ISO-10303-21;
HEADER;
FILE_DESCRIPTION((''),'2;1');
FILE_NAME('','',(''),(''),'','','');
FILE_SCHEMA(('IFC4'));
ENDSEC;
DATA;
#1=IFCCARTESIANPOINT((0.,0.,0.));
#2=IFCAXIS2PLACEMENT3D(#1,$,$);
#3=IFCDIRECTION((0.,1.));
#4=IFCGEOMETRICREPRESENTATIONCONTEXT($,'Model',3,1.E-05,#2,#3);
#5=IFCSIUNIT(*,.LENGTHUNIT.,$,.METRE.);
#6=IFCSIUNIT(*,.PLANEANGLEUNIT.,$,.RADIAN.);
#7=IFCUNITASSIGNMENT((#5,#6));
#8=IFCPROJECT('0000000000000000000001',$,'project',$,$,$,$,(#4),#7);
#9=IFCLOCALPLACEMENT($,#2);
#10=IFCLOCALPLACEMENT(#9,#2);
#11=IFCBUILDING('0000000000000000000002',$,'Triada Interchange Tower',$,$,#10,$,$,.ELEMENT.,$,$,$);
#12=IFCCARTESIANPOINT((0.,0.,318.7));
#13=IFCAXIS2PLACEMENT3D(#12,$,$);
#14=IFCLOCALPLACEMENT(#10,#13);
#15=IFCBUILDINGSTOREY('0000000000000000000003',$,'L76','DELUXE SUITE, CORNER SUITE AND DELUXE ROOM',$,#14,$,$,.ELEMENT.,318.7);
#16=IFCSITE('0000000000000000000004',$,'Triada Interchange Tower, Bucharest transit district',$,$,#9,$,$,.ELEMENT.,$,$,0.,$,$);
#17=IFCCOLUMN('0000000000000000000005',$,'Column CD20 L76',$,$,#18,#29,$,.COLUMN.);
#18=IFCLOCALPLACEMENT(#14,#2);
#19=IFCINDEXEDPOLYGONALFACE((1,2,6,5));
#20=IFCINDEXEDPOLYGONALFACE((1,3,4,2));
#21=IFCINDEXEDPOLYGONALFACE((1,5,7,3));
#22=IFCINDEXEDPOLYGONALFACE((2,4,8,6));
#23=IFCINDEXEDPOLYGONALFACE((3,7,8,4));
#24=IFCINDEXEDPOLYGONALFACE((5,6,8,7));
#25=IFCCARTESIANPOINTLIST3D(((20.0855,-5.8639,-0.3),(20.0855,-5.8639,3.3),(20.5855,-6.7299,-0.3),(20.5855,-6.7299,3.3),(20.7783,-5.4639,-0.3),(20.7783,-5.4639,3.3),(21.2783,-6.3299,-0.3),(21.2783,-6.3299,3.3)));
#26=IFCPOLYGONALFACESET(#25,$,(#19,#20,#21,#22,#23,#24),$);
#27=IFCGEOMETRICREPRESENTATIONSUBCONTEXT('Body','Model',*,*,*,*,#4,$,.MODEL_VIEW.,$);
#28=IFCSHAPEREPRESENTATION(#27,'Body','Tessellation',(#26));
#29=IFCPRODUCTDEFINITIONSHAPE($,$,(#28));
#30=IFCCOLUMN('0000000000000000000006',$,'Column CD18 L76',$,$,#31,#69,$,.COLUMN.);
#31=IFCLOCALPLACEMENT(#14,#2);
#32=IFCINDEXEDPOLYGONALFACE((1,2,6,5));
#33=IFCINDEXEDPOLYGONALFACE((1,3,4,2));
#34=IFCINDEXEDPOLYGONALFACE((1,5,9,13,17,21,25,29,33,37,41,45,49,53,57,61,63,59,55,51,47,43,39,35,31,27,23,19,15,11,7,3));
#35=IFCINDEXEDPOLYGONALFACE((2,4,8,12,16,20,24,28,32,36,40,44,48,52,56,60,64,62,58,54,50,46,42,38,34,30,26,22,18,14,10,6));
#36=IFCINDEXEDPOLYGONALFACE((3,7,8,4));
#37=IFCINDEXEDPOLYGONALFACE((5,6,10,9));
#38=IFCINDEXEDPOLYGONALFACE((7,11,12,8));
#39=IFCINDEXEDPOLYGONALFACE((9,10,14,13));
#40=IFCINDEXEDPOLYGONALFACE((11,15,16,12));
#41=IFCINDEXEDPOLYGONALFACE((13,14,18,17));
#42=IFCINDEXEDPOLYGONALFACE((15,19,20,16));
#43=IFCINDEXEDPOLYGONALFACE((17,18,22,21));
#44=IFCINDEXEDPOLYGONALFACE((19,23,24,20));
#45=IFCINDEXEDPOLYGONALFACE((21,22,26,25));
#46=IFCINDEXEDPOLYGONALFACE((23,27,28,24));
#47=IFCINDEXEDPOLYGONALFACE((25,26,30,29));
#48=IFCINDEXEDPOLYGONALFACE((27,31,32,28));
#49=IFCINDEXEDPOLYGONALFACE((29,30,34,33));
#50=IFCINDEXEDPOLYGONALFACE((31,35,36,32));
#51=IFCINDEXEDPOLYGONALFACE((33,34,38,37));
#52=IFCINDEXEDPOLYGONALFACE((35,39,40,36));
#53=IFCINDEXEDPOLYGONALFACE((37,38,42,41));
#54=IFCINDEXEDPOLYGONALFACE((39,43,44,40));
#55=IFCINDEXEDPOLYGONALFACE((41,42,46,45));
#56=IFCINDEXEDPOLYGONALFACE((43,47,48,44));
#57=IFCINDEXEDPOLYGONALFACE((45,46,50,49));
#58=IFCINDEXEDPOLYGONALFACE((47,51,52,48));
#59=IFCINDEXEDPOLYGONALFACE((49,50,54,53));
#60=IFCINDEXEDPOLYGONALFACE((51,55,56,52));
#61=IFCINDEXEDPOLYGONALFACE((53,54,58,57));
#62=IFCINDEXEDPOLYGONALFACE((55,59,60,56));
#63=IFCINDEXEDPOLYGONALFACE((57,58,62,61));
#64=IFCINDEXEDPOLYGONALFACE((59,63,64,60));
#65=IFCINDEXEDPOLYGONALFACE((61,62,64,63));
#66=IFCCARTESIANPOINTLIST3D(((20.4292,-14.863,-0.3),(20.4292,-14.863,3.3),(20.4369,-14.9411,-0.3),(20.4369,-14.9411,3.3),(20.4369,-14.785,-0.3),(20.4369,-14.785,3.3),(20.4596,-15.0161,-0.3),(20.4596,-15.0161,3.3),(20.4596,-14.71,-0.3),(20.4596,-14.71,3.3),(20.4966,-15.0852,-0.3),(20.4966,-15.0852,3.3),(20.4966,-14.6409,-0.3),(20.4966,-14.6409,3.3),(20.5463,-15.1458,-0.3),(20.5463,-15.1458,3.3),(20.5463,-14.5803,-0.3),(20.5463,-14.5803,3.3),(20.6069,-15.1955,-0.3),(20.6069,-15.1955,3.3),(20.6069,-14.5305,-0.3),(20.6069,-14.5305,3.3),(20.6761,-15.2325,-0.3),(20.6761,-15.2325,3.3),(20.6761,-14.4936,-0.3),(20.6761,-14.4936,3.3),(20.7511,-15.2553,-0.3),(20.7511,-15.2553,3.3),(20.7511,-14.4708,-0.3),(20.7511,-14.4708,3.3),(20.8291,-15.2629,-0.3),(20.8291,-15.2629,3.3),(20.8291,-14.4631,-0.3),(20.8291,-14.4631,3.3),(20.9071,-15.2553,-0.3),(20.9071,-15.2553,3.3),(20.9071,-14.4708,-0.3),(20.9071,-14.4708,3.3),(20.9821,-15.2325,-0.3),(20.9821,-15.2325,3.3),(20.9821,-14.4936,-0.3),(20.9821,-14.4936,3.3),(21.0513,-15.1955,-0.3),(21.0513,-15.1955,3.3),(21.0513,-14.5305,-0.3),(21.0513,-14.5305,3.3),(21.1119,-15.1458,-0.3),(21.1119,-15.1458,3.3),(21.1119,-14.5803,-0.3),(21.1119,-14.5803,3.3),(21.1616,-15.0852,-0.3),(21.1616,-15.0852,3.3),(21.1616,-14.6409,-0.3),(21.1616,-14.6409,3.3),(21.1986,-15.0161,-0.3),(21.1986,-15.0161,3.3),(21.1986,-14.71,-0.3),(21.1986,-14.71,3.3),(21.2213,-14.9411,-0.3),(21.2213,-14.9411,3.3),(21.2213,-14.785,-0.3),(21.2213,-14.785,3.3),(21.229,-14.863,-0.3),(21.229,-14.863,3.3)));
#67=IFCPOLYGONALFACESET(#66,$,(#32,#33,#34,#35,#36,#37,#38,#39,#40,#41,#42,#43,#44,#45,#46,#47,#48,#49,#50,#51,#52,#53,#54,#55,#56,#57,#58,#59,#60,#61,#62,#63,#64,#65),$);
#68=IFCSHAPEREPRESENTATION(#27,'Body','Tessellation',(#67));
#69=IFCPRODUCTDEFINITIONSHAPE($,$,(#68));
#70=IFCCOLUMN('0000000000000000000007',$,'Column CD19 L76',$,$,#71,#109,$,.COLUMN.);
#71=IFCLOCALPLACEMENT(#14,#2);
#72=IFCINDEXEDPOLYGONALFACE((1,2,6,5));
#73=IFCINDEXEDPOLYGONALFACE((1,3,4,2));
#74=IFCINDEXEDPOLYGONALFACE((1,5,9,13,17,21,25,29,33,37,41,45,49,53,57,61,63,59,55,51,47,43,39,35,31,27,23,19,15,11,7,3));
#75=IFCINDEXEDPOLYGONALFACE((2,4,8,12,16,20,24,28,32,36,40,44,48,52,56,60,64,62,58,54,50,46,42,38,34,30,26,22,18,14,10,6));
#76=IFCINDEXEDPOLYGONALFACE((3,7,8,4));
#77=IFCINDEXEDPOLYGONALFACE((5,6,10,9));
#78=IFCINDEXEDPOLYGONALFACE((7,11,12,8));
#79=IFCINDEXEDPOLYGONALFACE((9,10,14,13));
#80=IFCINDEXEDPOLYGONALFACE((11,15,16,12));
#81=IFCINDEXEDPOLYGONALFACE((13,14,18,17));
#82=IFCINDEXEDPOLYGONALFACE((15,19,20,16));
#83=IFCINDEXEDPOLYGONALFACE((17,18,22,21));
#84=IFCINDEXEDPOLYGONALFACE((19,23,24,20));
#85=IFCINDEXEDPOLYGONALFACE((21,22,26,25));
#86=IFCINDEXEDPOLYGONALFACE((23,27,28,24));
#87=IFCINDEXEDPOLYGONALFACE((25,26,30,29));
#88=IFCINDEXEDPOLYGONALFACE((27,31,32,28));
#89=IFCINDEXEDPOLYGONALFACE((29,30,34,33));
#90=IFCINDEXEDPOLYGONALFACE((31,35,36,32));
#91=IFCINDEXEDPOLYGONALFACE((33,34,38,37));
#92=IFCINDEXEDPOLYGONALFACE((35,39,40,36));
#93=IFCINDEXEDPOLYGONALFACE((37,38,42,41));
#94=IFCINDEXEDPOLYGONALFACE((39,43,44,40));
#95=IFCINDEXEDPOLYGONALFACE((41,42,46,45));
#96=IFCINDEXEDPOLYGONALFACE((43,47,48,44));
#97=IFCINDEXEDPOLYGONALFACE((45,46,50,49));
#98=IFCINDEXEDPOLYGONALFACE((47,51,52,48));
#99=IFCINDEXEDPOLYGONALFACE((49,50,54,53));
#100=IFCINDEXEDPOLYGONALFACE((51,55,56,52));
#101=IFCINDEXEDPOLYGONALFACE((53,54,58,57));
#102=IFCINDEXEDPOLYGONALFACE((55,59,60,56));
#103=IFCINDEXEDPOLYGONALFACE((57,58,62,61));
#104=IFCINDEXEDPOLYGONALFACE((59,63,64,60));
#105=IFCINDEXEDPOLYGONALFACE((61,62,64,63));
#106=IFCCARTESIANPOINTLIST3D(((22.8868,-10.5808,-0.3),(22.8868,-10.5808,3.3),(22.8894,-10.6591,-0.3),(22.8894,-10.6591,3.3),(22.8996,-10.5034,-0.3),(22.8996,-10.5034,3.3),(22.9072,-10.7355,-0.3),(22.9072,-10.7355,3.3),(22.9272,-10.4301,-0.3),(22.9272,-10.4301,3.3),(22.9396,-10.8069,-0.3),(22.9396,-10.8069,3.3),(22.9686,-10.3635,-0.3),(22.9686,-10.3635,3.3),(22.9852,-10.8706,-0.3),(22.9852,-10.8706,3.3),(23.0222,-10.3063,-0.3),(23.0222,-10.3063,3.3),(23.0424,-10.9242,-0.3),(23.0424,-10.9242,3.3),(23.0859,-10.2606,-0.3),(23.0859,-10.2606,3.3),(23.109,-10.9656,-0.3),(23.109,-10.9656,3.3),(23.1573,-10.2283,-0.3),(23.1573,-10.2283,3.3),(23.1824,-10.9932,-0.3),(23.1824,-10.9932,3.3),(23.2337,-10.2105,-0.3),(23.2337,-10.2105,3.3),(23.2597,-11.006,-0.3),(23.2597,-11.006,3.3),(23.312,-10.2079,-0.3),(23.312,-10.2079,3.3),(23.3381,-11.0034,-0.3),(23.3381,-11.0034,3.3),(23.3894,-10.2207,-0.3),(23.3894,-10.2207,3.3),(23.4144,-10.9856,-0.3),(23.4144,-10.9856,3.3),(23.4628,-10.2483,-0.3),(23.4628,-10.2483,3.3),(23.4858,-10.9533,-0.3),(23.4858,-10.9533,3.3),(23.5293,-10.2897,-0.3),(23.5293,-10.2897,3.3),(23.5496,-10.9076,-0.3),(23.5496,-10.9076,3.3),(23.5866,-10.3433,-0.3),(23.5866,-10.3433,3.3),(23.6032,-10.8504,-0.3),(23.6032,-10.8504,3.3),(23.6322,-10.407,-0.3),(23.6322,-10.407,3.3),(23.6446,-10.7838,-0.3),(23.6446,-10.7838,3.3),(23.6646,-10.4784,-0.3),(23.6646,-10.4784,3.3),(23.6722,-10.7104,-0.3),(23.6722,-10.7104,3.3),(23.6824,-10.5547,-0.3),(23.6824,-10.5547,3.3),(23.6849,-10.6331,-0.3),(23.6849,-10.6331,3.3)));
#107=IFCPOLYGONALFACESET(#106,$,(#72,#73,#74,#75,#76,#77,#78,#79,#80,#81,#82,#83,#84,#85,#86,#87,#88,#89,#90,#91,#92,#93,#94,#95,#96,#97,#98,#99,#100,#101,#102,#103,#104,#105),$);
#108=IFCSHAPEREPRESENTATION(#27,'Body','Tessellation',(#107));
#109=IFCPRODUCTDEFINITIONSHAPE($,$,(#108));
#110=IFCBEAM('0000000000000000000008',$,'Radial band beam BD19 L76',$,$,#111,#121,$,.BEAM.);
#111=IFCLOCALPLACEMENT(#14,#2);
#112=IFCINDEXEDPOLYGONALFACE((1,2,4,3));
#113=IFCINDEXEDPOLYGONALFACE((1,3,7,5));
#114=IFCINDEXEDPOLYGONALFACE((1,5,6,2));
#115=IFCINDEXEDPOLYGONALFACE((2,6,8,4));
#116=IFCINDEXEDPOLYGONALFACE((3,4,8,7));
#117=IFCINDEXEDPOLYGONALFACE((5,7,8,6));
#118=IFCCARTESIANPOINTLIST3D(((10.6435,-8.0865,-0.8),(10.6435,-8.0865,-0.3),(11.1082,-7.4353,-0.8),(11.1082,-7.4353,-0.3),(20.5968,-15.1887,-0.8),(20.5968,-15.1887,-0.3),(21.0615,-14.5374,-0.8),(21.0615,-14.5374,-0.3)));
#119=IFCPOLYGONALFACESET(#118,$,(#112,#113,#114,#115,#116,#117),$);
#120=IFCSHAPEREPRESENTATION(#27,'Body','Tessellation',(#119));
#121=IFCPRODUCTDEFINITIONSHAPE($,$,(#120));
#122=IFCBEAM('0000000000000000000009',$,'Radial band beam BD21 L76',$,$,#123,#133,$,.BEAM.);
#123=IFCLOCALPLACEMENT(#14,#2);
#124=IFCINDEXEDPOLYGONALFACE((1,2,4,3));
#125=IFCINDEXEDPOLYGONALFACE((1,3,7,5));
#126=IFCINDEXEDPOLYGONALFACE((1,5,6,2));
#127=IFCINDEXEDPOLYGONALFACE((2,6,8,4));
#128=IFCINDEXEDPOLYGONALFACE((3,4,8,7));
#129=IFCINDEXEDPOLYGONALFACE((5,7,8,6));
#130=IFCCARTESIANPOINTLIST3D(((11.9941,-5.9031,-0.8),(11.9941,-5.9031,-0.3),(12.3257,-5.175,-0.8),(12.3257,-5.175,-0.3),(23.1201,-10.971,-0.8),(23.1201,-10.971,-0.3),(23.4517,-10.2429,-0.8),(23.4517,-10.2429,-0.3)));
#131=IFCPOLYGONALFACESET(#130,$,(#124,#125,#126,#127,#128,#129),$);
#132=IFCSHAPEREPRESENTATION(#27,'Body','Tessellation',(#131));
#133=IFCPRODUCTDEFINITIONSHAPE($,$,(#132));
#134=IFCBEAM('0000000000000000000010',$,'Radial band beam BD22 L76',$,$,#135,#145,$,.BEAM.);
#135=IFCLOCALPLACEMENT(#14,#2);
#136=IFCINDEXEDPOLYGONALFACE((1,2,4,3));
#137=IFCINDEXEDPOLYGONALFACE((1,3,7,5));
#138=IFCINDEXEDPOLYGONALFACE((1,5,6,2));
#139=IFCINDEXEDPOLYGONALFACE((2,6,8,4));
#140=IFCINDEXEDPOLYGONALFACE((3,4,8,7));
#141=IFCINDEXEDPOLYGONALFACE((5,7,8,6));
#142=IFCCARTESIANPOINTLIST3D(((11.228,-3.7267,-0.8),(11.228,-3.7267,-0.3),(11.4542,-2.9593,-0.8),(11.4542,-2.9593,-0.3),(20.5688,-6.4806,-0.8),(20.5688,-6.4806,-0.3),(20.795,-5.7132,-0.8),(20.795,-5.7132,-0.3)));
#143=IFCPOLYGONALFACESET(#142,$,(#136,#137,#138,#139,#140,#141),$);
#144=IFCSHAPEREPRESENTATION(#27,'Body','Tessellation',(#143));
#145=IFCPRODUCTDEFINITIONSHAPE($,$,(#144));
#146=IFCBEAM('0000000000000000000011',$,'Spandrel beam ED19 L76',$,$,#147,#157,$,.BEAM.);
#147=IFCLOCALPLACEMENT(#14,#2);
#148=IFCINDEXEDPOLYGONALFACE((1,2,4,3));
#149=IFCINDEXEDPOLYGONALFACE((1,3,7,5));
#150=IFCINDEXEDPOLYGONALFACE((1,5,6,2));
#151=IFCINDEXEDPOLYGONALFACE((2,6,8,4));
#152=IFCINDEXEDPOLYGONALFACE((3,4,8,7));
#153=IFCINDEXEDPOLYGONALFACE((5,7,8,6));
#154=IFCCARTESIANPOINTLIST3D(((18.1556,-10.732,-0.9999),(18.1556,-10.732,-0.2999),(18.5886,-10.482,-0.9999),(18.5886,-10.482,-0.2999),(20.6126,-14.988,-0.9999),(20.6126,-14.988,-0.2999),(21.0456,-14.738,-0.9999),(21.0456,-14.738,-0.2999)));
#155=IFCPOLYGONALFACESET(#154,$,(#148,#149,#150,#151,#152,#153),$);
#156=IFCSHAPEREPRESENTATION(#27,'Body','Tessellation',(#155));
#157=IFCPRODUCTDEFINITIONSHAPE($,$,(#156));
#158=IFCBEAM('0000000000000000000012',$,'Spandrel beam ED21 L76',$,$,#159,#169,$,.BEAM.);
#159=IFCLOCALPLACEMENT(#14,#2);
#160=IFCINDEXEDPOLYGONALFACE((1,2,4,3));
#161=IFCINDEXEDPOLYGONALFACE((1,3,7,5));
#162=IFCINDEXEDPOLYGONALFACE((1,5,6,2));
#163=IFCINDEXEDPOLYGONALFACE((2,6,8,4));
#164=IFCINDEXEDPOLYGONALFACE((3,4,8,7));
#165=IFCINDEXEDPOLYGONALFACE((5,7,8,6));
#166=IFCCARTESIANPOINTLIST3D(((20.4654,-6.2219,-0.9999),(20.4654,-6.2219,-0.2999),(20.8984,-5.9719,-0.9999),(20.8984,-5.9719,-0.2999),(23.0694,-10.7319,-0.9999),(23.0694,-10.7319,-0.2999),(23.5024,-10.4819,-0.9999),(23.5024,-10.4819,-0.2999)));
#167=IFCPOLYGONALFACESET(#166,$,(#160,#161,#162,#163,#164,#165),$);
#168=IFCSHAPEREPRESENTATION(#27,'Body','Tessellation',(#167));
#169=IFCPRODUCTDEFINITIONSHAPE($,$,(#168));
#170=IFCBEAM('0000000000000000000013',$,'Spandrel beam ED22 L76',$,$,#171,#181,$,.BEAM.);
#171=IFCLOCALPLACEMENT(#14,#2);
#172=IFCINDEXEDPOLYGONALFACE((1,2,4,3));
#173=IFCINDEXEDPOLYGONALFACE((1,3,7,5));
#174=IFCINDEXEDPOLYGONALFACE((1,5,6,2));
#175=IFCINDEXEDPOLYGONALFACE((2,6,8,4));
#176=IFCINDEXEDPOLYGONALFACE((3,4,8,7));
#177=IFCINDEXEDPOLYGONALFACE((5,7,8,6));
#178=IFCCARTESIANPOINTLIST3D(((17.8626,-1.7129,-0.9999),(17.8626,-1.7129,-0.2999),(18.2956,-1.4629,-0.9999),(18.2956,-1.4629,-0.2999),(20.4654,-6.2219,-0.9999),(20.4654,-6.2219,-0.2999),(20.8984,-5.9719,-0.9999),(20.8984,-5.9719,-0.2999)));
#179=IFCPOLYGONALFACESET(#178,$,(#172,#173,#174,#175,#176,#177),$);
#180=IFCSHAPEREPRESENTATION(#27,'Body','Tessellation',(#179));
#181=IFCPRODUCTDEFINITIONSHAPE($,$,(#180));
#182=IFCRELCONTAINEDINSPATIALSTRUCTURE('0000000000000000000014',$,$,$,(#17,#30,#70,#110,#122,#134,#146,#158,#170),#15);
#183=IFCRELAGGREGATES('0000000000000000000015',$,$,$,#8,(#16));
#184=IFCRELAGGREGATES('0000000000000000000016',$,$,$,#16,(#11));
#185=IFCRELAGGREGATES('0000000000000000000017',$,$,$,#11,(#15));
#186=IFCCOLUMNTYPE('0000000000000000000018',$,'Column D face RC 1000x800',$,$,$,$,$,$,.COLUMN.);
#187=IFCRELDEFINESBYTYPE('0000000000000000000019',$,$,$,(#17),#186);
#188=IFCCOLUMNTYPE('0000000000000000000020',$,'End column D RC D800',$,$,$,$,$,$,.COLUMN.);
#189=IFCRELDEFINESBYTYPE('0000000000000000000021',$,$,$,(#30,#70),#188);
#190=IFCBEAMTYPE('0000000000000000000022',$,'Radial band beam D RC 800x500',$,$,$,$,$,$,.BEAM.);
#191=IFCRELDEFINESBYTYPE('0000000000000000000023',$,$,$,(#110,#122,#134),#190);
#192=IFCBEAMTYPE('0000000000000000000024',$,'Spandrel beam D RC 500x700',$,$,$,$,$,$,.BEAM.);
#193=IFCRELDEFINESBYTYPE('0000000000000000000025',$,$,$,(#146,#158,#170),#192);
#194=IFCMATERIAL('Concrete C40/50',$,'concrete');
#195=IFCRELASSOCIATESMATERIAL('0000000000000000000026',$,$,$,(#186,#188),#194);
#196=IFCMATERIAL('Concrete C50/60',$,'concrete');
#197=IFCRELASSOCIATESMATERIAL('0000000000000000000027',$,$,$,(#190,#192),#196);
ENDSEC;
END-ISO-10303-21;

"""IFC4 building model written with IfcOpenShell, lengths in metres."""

from ifc_helpers import new_model, si_unit, direction, frame, origin, origin_2d, place, context, subcontext, project, spatial, rectangle, circle, extrude, material, material_profile, profile_set, type_object, element, save


model = new_model("IFC4")

# Units and contexts
model_context = context("Model", 3, precision=1e-05, world=origin(), true_north=direction((0.0, 1.0)))
body_context = subcontext(model_context, "Body", "Model", "MODEL_VIEW")
ifc_project = project(units=[si_unit("LENGTHUNIT", "METRE"), si_unit("PLANEANGLEUNIT", "RADIAN")], contexts=[model_context])

# Site, building, storey
site_placement = place(None, origin())
site = spatial("IfcSite", under=ifc_project, at=site_placement, Name="Triada Interchange Tower, Bucharest transit district", CompositionType="ELEMENT", RefElevation=0.0)
building_placement = place(site_placement, origin())
building = spatial("IfcBuilding", under=site, at=building_placement, Name="Triada Interchange Tower", CompositionType="ELEMENT")
storey_placement = place(building_placement, frame((0.0, 0.0, 318.7)))
storey = spatial("IfcBuildingStorey", under=building, at=storey_placement, Name="L76", Description="DELUXE SUITE, CORNER SUITE AND DELUXE ROOM", CompositionType="ELEMENT", Elevation=318.7)

# Columns
ifc_material_1 = material(Name="Concrete C40/50", Category="concrete")
ifc_material_profile_1 = material_profile(ifc_material_1, rectangle(XDim=1.0, YDim=0.8, at=origin_2d()), Name="RC 1000x800")
ifc_profile_set_1 = profile_set([ifc_material_profile_1], Name="Concrete C40/50")
column_type_1 = type_object("IfcColumnType", Name="Column D face RC 1000x800", PredefinedType="COLUMN", material=ifc_profile_set_1)
column_placement = place(storey_placement, frame((20.6819, -6.0969, -0.3), z_axis=(0.0, 0.0, 1.0), x_axis=(-0.5, 0.866025, 0.0)))
element("IfcColumn", 1, at=column_placement, inside=storey, type_object=column_type_1, Name="Column CD20 L76", PredefinedType="COLUMN", context=body_context, shape_type="SweptSolid", body=[
    extrude(rectangle(XDim=1.0, YDim=0.8, at=origin_2d()), origin(), (0.0, 0.0, 1.0), 3.6001),
])
ifc_material_profile_2 = material_profile(ifc_material_1, circle(Radius=0.3999, at=origin_2d()), Name="RC D800")
ifc_profile_set_2 = profile_set([ifc_material_profile_2], Name="Concrete C40/50")
column_type_2 = type_object("IfcColumnType", Name="End column D RC D800", PredefinedType="COLUMN", material=ifc_profile_set_2)
for number, where, z_axis, x_axis, name in (
    (2, (20.8291, -14.863, -0.3), (0.0, 0.0, 1.0), (1.0, 0.0, 0.0), "Column CD18 L76"),
    (3, (23.2859, -10.6069, -0.3), (0.0, 0.0, 1.0), (-0.5, 0.866025, 0.0), "Column CD19 L76"),
):
    element("IfcColumn", number, at=place(storey_placement, frame(where, z_axis=z_axis, x_axis=x_axis)), inside=storey, type_object=column_type_2, Name=name, PredefinedType="COLUMN", context=body_context, shape_type="SweptSolid", body=[
        extrude(circle(Radius=0.3999, at=origin_2d()), origin(), (0.0, 0.0, 1.0), 3.6001),
    ])

# Beams
ifc_material_2 = material(Name="Concrete C50/60", Category="concrete")
ifc_material_profile_3 = material_profile(ifc_material_2, rectangle(XDim=0.8, YDim=0.5, at=origin_2d()), Name="RC 800x500")
ifc_profile_set_3 = profile_set([ifc_material_profile_3], Name="Concrete C50/60")
beam_type_1 = type_object("IfcBeamType", Name="Radial band beam D RC 800x500", PredefinedType="BEAM", material=ifc_profile_set_3)
beam_1_placement = place(storey_placement, frame((20.8291, -14.863, -0.55), z_axis=(-0.814017, 0.580841, 0.0), x_axis=(-0.580841, -0.814017, 0.0)))
element("IfcBeam", 4, at=beam_1_placement, inside=storey, type_object=beam_type_1, Name="Radial band beam BD19 L76", PredefinedType="BEAM", context=body_context, shape_type="SweptSolid", body=[
    extrude(rectangle(XDim=0.8, YDim=0.5, at=origin_2d()), origin(), (0.0, 0.0, 1.0), 12.2273),
])
beam_2_placement = place(storey_placement, frame((23.2859, -10.6069, -0.55), z_axis=(-0.910039, 0.414522, 0.0), x_axis=(-0.414522, -0.910039, 0.0)))
element("IfcBeam", 5, at=beam_2_placement, inside=storey, type_object=beam_type_1, Name="Radial band beam BD21 L76", PredefinedType="BEAM", context=body_context, shape_type="SweptSolid", body=[
    extrude(rectangle(XDim=0.8, YDim=0.5, at=origin_2d()), origin(), (0.0, 0.0, 1.0), 12.2258),
])
beam_3_placement = place(storey_placement, frame((20.6819, -6.0969, -0.55), z_axis=(-0.959182, 0.282791, 0.0), x_axis=(-0.282791, -0.959182, 0.0)))
element("IfcBeam", 6, at=beam_3_placement, inside=storey, type_object=beam_type_1, Name="Radial band beam BD22 L76", PredefinedType="BEAM", context=body_context, shape_type="SweptSolid", body=[
    extrude(rectangle(XDim=0.8, YDim=0.5, at=origin_2d()), origin(), (0.0, 0.0, 1.0), 9.7383),
])
ifc_material_profile_4 = material_profile(ifc_material_2, rectangle(XDim=0.5, YDim=0.7, at=origin_2d()), Name="RC 500x700")
ifc_profile_set_4 = profile_set([ifc_material_profile_4], Name="Concrete C50/60")
beam_type_2 = type_object("IfcBeamType", Name="Spandrel beam D RC 500x700", PredefinedType="BEAM", material=ifc_profile_set_4)
beam_4_placement = place(storey_placement, frame((20.8291, -14.863, -0.6499), z_axis=(-0.499965, 0.866046, 0.0), x_axis=(-0.866046, -0.499965, 0.0)))
element("IfcBeam", 7, at=beam_4_placement, inside=storey, type_object=beam_type_2, Name="Spandrel beam ED19 L76", PredefinedType="BEAM", context=body_context, shape_type="SweptSolid", body=[
    extrude(rectangle(XDim=0.5, YDim=0.7, at=origin_2d()), origin(), (0.0, 0.0, 1.0), 4.9143),
])
beam_5_placement = place(storey_placement, frame((23.2859, -10.6069, -0.6499), z_axis=(-0.500021, 0.866013, 0.0), x_axis=(-0.866013, -0.500021, 0.0)))
element("IfcBeam", 8, at=beam_5_placement, inside=storey, type_object=beam_type_2, Name="Spandrel beam ED21 L76", PredefinedType="BEAM", context=body_context, shape_type="SweptSolid", body=[
    extrude(rectangle(XDim=0.5, YDim=0.7, at=origin_2d()), origin(), (0.0, 0.0, 1.0), 5.2078),
])
beam_6_placement = place(storey_placement, frame((20.6819, -6.0969, -0.6499), z_axis=(-0.499927, 0.866068, 0.0), x_axis=(-0.866068, -0.499927, 0.0)))
element("IfcBeam", 9, at=beam_6_placement, inside=storey, type_object=beam_type_2, Name="Spandrel beam ED22 L76", PredefinedType="BEAM", context=body_context, shape_type="SweptSolid", body=[
    extrude(rectangle(XDim=0.5, YDim=0.7, at=origin_2d()), origin(), (0.0, 0.0, 1.0), 5.2063),
])

save(model, "model.ifc")
